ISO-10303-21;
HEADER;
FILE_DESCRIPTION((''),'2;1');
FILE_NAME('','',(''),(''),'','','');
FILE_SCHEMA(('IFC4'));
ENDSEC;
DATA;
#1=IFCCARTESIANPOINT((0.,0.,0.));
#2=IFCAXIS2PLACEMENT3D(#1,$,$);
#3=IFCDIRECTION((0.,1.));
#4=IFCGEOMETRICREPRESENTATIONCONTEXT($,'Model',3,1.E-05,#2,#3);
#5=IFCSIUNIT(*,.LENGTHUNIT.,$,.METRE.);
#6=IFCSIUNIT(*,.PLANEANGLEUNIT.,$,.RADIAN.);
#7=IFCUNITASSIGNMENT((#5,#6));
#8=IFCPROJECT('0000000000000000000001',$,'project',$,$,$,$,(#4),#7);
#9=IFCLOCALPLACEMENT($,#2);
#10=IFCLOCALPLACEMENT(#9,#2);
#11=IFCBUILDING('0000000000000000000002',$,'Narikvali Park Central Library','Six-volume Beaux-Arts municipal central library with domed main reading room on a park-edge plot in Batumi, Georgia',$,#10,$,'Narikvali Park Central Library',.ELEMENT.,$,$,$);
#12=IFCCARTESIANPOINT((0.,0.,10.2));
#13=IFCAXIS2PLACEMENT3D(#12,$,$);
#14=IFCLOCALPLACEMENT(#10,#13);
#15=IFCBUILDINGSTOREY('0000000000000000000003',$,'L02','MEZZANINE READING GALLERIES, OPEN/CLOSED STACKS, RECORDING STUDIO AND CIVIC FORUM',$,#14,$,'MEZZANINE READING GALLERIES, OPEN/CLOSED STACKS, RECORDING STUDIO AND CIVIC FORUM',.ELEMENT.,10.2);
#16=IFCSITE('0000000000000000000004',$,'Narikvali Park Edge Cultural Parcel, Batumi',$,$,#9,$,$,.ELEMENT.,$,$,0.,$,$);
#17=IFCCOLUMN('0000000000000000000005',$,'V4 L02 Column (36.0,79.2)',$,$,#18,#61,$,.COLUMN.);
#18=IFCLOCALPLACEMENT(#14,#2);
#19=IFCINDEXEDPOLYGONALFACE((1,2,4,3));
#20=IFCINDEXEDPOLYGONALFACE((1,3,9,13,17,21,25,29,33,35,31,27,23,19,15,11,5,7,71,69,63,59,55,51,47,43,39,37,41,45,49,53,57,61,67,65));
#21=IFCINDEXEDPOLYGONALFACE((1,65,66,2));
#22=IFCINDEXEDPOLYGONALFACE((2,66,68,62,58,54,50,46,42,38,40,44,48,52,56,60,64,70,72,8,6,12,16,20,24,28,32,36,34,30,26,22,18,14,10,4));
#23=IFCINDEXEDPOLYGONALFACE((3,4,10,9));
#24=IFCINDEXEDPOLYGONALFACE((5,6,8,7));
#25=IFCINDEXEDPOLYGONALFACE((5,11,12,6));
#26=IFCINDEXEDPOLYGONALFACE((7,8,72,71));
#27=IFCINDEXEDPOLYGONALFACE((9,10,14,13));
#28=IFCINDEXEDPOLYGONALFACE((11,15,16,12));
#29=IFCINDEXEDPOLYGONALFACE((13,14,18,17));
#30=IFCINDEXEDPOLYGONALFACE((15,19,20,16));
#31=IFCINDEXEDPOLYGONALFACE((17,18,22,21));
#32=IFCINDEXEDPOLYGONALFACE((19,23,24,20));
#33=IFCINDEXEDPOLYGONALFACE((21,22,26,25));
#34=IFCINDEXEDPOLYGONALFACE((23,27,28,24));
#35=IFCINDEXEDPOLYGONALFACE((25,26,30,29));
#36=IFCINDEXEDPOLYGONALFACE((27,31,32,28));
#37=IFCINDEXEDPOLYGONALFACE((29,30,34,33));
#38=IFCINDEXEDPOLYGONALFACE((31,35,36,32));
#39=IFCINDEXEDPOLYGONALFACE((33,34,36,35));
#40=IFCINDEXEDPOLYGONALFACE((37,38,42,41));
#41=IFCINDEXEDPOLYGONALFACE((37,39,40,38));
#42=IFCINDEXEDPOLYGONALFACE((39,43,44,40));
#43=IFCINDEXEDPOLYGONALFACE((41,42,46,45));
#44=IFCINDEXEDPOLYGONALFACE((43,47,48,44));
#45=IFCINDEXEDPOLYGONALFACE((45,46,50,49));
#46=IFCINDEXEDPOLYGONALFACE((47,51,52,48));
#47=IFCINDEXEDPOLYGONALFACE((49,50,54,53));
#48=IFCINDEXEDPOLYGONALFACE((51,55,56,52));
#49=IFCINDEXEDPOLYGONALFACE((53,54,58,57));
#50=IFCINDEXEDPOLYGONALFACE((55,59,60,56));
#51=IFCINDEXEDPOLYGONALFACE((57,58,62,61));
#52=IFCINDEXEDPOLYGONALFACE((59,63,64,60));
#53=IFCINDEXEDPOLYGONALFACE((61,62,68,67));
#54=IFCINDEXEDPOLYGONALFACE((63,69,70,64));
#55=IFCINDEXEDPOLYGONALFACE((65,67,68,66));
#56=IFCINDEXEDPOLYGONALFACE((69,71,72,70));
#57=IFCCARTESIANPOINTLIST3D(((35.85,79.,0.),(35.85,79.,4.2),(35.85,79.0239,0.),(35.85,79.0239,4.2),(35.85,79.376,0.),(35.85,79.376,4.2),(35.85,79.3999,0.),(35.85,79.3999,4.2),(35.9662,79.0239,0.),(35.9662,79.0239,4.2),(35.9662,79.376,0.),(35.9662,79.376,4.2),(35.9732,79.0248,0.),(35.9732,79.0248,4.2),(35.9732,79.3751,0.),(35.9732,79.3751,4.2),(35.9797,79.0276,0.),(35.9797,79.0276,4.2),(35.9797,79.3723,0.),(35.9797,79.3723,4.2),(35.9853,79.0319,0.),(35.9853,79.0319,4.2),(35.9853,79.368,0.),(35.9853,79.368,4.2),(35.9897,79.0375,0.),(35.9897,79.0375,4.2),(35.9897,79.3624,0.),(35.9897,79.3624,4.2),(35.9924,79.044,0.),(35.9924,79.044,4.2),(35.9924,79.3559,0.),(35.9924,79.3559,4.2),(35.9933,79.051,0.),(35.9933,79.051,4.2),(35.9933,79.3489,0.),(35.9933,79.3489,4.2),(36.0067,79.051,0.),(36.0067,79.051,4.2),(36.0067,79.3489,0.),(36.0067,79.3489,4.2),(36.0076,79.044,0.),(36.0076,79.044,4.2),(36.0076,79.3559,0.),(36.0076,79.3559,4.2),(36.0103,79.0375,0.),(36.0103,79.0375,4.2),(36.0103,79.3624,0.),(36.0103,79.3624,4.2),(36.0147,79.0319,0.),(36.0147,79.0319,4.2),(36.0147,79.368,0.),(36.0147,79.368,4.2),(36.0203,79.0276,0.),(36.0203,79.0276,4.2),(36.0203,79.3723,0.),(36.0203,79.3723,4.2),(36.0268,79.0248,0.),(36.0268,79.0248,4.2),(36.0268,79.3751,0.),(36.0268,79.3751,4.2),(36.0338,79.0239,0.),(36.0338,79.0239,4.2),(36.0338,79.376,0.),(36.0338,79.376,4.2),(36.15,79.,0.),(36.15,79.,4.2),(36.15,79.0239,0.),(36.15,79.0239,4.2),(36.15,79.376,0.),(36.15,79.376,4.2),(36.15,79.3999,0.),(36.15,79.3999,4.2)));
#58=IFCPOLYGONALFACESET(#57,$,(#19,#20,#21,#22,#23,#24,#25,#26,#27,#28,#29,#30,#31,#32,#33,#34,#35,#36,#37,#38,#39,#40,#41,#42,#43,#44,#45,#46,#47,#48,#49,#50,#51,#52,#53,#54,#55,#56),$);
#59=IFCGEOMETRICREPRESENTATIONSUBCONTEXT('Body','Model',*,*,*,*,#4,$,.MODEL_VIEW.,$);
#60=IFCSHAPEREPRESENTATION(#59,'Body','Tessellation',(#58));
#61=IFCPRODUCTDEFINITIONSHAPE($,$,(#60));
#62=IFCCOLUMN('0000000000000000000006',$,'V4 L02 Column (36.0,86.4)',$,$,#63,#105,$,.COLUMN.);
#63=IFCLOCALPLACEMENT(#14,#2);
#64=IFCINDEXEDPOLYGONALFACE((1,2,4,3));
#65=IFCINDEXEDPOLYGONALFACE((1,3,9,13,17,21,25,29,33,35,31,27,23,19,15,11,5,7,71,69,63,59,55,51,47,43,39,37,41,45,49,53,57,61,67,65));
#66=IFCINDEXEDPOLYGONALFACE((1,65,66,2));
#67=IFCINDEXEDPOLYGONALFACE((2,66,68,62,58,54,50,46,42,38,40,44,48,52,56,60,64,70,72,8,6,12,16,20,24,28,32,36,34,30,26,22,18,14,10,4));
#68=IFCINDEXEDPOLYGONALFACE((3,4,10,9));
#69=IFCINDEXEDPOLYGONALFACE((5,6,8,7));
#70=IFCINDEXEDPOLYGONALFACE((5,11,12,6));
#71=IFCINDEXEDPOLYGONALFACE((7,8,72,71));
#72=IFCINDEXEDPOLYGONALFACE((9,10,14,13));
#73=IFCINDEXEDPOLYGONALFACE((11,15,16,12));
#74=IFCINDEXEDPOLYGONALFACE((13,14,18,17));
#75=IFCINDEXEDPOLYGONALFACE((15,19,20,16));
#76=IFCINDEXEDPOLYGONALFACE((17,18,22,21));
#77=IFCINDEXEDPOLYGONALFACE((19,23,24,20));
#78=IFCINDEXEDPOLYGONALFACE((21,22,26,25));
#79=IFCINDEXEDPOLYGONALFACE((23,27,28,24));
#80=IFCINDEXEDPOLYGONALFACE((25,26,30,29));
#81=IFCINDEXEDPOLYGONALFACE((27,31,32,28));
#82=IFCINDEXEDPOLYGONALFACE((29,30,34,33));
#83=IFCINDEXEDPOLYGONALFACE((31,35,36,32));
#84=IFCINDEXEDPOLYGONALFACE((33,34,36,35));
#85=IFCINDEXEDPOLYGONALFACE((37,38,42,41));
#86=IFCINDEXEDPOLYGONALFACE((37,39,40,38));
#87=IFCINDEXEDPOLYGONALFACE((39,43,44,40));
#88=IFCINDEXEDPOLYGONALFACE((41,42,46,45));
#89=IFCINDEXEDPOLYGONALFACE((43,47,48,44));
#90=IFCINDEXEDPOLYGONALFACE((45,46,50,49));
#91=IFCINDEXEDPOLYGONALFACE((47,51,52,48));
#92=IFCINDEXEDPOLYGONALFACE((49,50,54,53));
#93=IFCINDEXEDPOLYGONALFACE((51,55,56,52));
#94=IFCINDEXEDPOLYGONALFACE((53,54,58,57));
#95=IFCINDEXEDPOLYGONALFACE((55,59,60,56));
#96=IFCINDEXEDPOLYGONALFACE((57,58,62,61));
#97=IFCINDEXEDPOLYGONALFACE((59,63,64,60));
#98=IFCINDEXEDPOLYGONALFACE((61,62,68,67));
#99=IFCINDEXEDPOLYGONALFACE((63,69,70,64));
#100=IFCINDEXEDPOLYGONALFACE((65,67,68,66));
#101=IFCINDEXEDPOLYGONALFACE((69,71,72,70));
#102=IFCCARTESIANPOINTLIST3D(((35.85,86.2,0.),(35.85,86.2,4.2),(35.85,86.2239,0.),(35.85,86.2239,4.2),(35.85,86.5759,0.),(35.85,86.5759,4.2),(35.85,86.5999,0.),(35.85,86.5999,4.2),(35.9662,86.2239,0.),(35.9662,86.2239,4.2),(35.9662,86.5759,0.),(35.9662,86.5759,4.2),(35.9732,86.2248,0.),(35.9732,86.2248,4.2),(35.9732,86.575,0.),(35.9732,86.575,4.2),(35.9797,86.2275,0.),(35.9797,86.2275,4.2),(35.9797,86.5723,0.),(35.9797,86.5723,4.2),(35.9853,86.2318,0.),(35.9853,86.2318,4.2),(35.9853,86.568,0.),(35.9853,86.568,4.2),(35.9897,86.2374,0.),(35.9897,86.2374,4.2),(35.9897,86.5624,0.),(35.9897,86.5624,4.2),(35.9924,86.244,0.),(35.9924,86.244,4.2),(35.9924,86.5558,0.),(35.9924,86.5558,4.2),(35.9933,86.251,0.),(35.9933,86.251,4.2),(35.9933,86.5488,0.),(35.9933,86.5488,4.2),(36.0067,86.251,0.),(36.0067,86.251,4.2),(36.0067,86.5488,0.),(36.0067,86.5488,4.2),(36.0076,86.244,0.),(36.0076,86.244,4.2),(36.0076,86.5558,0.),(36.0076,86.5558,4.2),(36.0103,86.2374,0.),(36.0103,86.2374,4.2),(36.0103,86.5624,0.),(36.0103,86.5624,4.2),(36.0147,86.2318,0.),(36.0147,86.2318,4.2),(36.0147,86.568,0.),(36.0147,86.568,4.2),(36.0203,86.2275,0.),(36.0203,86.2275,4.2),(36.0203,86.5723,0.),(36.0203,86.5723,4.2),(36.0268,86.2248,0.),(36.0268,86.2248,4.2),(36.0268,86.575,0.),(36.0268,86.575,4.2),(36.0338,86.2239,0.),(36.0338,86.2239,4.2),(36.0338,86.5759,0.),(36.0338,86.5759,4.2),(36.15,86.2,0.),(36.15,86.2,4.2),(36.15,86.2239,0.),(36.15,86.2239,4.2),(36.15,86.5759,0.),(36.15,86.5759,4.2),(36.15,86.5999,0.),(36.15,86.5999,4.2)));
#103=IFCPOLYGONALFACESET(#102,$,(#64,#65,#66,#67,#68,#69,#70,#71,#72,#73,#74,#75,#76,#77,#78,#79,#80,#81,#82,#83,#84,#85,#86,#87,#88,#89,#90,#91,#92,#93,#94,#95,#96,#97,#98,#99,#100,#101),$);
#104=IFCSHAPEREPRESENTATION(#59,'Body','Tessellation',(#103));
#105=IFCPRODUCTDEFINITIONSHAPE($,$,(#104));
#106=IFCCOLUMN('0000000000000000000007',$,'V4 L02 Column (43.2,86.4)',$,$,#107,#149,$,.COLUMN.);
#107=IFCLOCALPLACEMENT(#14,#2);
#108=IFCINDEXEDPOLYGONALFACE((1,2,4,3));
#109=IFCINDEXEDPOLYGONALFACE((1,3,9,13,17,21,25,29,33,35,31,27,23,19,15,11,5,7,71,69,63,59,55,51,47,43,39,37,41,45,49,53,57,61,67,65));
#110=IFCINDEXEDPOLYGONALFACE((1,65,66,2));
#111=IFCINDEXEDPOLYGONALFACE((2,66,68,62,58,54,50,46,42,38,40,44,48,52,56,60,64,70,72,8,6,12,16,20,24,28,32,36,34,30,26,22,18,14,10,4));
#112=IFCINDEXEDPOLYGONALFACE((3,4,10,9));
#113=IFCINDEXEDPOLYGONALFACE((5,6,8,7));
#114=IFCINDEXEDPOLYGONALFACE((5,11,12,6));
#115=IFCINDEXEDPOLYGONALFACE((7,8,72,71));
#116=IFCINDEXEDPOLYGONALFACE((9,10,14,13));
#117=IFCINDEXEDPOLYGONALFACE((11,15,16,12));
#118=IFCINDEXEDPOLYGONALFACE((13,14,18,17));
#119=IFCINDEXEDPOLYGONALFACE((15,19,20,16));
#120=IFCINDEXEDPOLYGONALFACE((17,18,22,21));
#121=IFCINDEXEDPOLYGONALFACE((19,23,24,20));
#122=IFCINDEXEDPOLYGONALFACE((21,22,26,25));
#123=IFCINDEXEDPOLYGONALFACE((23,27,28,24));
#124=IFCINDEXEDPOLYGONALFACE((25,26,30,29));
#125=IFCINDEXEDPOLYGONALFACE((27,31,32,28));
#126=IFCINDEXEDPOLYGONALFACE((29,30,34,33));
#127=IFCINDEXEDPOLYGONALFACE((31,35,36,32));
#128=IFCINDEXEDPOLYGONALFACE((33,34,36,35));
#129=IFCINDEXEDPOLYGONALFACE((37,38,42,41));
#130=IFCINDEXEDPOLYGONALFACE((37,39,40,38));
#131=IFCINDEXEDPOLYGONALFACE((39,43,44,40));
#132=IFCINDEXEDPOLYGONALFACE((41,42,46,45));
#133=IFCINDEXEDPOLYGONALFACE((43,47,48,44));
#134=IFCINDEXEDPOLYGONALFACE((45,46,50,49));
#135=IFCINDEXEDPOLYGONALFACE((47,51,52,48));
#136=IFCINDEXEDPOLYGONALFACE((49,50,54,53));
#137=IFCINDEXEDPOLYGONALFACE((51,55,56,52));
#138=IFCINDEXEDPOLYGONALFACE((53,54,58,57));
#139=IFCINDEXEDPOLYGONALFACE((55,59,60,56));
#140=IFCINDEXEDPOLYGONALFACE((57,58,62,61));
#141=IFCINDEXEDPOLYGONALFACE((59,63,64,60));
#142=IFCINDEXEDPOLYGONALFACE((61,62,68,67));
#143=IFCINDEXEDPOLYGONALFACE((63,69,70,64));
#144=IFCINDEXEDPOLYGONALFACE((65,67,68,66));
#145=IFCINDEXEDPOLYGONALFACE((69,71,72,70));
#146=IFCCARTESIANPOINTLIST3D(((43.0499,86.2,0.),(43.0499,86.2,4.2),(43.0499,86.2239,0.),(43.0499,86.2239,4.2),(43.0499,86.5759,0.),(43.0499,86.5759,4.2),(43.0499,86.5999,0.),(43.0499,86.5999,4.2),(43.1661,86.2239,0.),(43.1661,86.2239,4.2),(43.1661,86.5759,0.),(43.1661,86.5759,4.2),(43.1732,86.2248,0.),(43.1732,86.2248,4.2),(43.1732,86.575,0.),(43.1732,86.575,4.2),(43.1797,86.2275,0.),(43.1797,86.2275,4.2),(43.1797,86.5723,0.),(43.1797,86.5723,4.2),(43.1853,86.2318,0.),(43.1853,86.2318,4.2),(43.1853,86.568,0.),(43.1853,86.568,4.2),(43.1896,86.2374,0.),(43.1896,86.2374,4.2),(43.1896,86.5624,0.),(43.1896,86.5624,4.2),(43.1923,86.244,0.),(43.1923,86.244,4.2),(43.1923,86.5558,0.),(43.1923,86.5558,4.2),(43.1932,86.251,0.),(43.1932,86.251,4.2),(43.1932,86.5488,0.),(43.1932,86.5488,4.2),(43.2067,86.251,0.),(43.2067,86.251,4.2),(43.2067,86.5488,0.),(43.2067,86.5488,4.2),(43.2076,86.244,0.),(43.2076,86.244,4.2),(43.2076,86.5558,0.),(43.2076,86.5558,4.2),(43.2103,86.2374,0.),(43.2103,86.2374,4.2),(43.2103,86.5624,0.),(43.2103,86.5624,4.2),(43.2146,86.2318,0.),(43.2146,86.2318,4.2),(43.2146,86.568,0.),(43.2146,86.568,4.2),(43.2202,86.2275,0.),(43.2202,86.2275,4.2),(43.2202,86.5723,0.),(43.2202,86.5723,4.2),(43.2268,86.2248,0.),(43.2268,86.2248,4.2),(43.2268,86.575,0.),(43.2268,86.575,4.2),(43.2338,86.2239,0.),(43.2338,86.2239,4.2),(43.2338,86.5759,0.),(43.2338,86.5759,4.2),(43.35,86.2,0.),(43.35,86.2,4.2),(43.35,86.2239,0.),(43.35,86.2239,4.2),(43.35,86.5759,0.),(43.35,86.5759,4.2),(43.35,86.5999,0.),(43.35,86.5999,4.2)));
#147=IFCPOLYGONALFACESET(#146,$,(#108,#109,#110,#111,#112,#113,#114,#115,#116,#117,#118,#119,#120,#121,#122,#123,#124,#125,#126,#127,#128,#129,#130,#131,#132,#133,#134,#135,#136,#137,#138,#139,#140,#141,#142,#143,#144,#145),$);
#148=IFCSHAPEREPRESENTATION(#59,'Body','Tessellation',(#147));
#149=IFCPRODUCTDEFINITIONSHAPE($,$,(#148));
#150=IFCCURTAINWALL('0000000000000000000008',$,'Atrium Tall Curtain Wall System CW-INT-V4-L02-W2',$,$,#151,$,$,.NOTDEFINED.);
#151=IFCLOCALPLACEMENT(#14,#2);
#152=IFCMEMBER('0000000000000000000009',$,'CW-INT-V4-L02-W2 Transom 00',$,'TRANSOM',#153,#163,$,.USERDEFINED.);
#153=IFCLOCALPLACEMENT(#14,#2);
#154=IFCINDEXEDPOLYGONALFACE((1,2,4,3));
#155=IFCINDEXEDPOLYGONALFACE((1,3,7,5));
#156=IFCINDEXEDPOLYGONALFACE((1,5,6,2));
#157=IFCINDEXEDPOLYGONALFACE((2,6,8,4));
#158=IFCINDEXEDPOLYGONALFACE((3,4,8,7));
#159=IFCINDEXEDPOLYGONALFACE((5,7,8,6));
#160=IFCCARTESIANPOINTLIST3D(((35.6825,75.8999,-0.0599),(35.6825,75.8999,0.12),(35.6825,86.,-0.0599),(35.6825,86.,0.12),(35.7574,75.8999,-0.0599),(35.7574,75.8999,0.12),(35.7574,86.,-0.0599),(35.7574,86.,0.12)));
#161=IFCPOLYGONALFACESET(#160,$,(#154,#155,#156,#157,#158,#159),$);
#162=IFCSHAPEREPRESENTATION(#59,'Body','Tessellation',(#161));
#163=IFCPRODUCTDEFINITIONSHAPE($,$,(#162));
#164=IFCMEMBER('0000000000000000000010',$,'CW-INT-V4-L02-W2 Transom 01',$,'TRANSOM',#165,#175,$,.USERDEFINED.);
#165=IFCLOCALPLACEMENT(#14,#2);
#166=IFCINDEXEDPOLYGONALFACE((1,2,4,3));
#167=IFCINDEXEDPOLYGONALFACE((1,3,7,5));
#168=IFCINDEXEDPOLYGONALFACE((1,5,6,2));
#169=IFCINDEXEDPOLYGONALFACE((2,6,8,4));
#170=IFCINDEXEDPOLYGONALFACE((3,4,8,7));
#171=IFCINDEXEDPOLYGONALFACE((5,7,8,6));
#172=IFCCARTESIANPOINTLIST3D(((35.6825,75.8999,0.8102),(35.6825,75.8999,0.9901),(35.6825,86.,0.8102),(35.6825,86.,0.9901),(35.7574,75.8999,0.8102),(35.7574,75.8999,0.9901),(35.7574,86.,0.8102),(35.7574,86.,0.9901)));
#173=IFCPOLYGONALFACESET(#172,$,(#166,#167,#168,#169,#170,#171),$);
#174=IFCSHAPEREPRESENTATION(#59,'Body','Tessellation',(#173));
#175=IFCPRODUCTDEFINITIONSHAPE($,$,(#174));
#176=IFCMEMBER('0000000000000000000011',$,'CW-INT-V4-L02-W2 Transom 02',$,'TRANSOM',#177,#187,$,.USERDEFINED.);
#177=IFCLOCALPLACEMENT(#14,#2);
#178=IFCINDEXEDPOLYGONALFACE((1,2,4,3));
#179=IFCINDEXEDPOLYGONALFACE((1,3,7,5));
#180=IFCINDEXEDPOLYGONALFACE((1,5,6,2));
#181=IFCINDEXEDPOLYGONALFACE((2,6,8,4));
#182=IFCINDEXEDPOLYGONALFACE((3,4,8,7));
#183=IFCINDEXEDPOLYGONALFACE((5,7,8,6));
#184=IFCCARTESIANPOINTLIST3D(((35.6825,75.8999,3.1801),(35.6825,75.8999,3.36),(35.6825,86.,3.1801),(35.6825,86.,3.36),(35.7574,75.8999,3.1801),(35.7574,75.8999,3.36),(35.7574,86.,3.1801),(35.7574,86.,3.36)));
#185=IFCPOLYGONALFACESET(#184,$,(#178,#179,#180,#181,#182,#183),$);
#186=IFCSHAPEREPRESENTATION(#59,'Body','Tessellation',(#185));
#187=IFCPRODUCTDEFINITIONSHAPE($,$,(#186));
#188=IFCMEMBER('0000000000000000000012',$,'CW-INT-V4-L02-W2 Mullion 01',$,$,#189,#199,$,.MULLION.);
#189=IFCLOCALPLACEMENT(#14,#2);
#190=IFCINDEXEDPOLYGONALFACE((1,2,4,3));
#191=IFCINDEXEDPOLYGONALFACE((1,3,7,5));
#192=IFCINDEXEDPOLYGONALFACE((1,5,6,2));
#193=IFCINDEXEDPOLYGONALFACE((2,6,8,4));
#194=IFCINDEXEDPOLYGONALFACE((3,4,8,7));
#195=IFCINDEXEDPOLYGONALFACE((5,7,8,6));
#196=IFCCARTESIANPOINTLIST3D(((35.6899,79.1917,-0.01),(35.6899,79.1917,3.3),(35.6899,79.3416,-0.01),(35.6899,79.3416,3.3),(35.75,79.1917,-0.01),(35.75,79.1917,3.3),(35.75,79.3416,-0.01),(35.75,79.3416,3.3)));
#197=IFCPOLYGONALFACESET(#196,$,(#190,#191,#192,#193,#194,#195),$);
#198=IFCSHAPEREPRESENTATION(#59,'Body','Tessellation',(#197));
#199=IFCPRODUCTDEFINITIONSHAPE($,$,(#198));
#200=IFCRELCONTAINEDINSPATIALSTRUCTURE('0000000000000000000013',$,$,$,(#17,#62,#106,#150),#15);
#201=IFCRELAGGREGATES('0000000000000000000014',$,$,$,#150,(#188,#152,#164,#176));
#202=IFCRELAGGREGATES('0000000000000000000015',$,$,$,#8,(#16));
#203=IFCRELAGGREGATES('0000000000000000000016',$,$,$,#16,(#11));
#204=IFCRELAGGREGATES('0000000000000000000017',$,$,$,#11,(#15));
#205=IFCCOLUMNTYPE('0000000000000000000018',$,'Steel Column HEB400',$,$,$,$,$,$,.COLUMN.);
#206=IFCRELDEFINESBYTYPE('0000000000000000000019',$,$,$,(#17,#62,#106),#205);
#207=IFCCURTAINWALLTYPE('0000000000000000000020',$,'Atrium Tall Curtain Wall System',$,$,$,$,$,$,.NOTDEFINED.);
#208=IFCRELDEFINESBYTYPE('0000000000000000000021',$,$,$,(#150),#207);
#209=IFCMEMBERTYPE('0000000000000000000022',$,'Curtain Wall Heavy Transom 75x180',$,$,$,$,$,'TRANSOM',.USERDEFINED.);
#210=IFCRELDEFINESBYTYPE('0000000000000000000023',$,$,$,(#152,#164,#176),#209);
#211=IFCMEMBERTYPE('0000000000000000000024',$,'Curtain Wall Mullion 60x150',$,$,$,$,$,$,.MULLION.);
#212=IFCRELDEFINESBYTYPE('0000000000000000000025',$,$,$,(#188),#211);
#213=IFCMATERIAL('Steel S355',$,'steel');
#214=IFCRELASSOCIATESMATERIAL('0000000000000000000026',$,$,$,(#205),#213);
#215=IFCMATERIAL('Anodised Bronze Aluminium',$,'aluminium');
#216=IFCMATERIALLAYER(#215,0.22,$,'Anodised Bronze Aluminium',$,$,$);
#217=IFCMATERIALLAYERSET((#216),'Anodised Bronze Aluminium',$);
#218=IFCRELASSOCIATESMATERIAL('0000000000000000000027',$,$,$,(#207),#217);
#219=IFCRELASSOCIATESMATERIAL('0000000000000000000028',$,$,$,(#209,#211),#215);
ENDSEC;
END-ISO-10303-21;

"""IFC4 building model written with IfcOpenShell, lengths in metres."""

from ifc_helpers import new_model, si_unit, direction, frame, origin, origin_2d, place, context, subcontext, project, spatial, rectangle, i_section, extrude, material, layer, layer_set, material_profile, profile_set, type_object, element, aggregate, save


model = new_model("IFC4")

# Units and contexts
model_context = context("Model", 3, precision=1e-05, world=origin(), true_north=direction((0.0, 1.0)))
body_context = subcontext(model_context, "Body", "Model", "MODEL_VIEW")
ifc_project = project(units=[si_unit("LENGTHUNIT", "METRE"), si_unit("PLANEANGLEUNIT", "RADIAN")], contexts=[model_context])

# Site, building, storey
site_placement = place(None, origin())
site = spatial("IfcSite", under=ifc_project, at=site_placement, Name="Narikvali Park Edge Cultural Parcel, Batumi", CompositionType="ELEMENT", RefElevation=0.0)
building_placement = place(site_placement, origin())
building = spatial("IfcBuilding", under=site, at=building_placement, Name="Narikvali Park Central Library", Description="Six-volume Beaux-Arts municipal central library with domed main reading room on a park-edge plot in Batumi, Georgia", LongName="Narikvali Park Central Library", CompositionType="ELEMENT")
storey_placement = place(building_placement, frame((0.0, 0.0, 10.2)))
storey = spatial("IfcBuildingStorey", under=building, at=storey_placement, Name="L02", Description="MEZZANINE READING GALLERIES, OPEN/CLOSED STACKS, RECORDING STUDIO AND CIVIC FORUM", LongName="MEZZANINE READING GALLERIES, OPEN/CLOSED STACKS, RECORDING STUDIO AND CIVIC FORUM", CompositionType="ELEMENT", Elevation=10.2)

# Columns
ifc_material_1 = material(Name="Steel S355", Category="steel")
ifc_material_profile_1 = material_profile(ifc_material_1, i_section(OverallWidth=0.3, OverallDepth=0.3999, WebThickness=0.0134, FlangeThickness=0.0239, FilletRadius=0.0271, at=origin_2d()), Name="HEB 400")
ifc_profile_set_1 = profile_set([ifc_material_profile_1], Name="Steel S355")
column_type = type_object("IfcColumnType", Name="Steel Column HEB400", PredefinedType="COLUMN", material=ifc_profile_set_1)
for number, where, z_axis, x_axis, name in (
    (1, (36.0, 79.2, 0.0), (0.0, 0.0, 1.0), (1.0, 0.0, 0.0), "V4 L02 Column (36.0,79.2)"),
    (2, (36.0, 86.3999, 0.0), (0.0, 0.0, 1.0), (1.0, 0.0, 0.0), "V4 L02 Column (36.0,86.4)"),
    (3, (43.2, 86.3999, 0.0), (0.0, 0.0, 1.0), (1.0, 0.0, 0.0), "V4 L02 Column (43.2,86.4)"),
):
    element("IfcColumn", number, at=place(storey_placement, frame(where, z_axis=z_axis, x_axis=x_axis)), inside=storey, type_object=column_type, Name=name, PredefinedType="COLUMN", context=body_context, shape_type="SweptSolid", body=[
        extrude(i_section(OverallWidth=0.3, OverallDepth=0.3999, WebThickness=0.0134, FlangeThickness=0.0239, FilletRadius=0.0271, at=origin_2d()), origin(), (0.0, 0.0, 1.0), 4.2),
    ])

# Curtain wall, members
ifc_material_2 = material(Name="Anodised Bronze Aluminium", Category="aluminium")
ifc_layer_1 = layer(ifc_material_2, 0.22, Name="Anodised Bronze Aluminium")
ifc_layer_set_1 = layer_set([ifc_layer_1], Name="Anodised Bronze Aluminium")
curtain_wall_type = type_object("IfcCurtainWallType", Name="Atrium Tall Curtain Wall System", PredefinedType="NOTDEFINED", material=ifc_layer_set_1)
curtain_wall_placement = place(storey_placement, origin())
curtain_wall = element("IfcCurtainWall", 4, at=curtain_wall_placement, inside=storey, type_object=curtain_wall_type, Name="Atrium Tall Curtain Wall System CW-INT-V4-L02-W2", PredefinedType="NOTDEFINED")
ifc_material_profile_2 = material_profile(ifc_material_2, rectangle(XDim=0.075, YDim=0.1799, at=origin_2d()), Name="CW TRANSOM 75x180")
ifc_profile_set_2 = profile_set([ifc_material_profile_2], Name="Anodised Bronze Aluminium")
member_type_1 = type_object("IfcMemberType", Name="Curtain Wall Heavy Transom 75x180", ElementType="TRANSOM", PredefinedType="USERDEFINED", material=ifc_profile_set_2)
member_1_placement = place(storey_placement, frame((35.72, 75.8999, 0.03), z_axis=(0.0, 1.0, 0.0), x_axis=(-1.0, 0.0, 0.0)))
member_1 = element("IfcMember", 5, at=member_1_placement, type_object=member_type_1, Name="CW-INT-V4-L02-W2 Transom 00", ObjectType="TRANSOM", PredefinedType="USERDEFINED", context=body_context, shape_type="SweptSolid", body=[
    extrude(rectangle(XDim=0.075, YDim=0.1799, at=origin_2d()), origin(), (0.0, 0.0, 1.0), 10.1001),
])
member_2_placement = place(storey_placement, frame((35.72, 75.8999, 0.9001), z_axis=(0.0, 1.0, 0.0), x_axis=(-1.0, 0.0, 0.0)))
member_2 = element("IfcMember", 6, at=member_2_placement, type_object=member_type_1, Name="CW-INT-V4-L02-W2 Transom 01", ObjectType="TRANSOM", PredefinedType="USERDEFINED", context=body_context, shape_type="SweptSolid", body=[
    extrude(rectangle(XDim=0.075, YDim=0.1799, at=origin_2d()), origin(), (0.0, 0.0, 1.0), 10.1001),
])
member_3_placement = place(storey_placement, frame((35.72, 75.8999, 3.27), z_axis=(0.0, 1.0, 0.0), x_axis=(-1.0, 0.0, 0.0)))
member_3 = element("IfcMember", 7, at=member_3_placement, type_object=member_type_1, Name="CW-INT-V4-L02-W2 Transom 02", ObjectType="TRANSOM", PredefinedType="USERDEFINED", context=body_context, shape_type="SweptSolid", body=[
    extrude(rectangle(XDim=0.075, YDim=0.1799, at=origin_2d()), origin(), (0.0, 0.0, 1.0), 10.1001),
])
ifc_material_profile_3 = material_profile(ifc_material_2, rectangle(XDim=0.0601, YDim=0.1499, at=origin_2d()), Name="CW MULLION 60x150")
ifc_profile_set_3 = profile_set([ifc_material_profile_3], Name="Anodised Bronze Aluminium")
member_type_2 = type_object("IfcMemberType", Name="Curtain Wall Mullion 60x150", PredefinedType="MULLION", material=ifc_profile_set_3)
member_4_placement = place(storey_placement, frame((35.72, 79.2666, -0.01), z_axis=(0.0, 0.0, 1.0), x_axis=(1.0, 0.0, 0.0)))
member_4 = element("IfcMember", 8, at=member_4_placement, type_object=member_type_2, Name="CW-INT-V4-L02-W2 Mullion 01", PredefinedType="MULLION", context=body_context, shape_type="SweptSolid", body=[
    extrude(rectangle(XDim=0.0601, YDim=0.1499, at=origin_2d()), origin(), (0.0, 0.0, 1.0), 3.3101),
])

aggregate(curtain_wall, [member_4, member_1, member_2, member_3])

save(model, "model.ifc")
